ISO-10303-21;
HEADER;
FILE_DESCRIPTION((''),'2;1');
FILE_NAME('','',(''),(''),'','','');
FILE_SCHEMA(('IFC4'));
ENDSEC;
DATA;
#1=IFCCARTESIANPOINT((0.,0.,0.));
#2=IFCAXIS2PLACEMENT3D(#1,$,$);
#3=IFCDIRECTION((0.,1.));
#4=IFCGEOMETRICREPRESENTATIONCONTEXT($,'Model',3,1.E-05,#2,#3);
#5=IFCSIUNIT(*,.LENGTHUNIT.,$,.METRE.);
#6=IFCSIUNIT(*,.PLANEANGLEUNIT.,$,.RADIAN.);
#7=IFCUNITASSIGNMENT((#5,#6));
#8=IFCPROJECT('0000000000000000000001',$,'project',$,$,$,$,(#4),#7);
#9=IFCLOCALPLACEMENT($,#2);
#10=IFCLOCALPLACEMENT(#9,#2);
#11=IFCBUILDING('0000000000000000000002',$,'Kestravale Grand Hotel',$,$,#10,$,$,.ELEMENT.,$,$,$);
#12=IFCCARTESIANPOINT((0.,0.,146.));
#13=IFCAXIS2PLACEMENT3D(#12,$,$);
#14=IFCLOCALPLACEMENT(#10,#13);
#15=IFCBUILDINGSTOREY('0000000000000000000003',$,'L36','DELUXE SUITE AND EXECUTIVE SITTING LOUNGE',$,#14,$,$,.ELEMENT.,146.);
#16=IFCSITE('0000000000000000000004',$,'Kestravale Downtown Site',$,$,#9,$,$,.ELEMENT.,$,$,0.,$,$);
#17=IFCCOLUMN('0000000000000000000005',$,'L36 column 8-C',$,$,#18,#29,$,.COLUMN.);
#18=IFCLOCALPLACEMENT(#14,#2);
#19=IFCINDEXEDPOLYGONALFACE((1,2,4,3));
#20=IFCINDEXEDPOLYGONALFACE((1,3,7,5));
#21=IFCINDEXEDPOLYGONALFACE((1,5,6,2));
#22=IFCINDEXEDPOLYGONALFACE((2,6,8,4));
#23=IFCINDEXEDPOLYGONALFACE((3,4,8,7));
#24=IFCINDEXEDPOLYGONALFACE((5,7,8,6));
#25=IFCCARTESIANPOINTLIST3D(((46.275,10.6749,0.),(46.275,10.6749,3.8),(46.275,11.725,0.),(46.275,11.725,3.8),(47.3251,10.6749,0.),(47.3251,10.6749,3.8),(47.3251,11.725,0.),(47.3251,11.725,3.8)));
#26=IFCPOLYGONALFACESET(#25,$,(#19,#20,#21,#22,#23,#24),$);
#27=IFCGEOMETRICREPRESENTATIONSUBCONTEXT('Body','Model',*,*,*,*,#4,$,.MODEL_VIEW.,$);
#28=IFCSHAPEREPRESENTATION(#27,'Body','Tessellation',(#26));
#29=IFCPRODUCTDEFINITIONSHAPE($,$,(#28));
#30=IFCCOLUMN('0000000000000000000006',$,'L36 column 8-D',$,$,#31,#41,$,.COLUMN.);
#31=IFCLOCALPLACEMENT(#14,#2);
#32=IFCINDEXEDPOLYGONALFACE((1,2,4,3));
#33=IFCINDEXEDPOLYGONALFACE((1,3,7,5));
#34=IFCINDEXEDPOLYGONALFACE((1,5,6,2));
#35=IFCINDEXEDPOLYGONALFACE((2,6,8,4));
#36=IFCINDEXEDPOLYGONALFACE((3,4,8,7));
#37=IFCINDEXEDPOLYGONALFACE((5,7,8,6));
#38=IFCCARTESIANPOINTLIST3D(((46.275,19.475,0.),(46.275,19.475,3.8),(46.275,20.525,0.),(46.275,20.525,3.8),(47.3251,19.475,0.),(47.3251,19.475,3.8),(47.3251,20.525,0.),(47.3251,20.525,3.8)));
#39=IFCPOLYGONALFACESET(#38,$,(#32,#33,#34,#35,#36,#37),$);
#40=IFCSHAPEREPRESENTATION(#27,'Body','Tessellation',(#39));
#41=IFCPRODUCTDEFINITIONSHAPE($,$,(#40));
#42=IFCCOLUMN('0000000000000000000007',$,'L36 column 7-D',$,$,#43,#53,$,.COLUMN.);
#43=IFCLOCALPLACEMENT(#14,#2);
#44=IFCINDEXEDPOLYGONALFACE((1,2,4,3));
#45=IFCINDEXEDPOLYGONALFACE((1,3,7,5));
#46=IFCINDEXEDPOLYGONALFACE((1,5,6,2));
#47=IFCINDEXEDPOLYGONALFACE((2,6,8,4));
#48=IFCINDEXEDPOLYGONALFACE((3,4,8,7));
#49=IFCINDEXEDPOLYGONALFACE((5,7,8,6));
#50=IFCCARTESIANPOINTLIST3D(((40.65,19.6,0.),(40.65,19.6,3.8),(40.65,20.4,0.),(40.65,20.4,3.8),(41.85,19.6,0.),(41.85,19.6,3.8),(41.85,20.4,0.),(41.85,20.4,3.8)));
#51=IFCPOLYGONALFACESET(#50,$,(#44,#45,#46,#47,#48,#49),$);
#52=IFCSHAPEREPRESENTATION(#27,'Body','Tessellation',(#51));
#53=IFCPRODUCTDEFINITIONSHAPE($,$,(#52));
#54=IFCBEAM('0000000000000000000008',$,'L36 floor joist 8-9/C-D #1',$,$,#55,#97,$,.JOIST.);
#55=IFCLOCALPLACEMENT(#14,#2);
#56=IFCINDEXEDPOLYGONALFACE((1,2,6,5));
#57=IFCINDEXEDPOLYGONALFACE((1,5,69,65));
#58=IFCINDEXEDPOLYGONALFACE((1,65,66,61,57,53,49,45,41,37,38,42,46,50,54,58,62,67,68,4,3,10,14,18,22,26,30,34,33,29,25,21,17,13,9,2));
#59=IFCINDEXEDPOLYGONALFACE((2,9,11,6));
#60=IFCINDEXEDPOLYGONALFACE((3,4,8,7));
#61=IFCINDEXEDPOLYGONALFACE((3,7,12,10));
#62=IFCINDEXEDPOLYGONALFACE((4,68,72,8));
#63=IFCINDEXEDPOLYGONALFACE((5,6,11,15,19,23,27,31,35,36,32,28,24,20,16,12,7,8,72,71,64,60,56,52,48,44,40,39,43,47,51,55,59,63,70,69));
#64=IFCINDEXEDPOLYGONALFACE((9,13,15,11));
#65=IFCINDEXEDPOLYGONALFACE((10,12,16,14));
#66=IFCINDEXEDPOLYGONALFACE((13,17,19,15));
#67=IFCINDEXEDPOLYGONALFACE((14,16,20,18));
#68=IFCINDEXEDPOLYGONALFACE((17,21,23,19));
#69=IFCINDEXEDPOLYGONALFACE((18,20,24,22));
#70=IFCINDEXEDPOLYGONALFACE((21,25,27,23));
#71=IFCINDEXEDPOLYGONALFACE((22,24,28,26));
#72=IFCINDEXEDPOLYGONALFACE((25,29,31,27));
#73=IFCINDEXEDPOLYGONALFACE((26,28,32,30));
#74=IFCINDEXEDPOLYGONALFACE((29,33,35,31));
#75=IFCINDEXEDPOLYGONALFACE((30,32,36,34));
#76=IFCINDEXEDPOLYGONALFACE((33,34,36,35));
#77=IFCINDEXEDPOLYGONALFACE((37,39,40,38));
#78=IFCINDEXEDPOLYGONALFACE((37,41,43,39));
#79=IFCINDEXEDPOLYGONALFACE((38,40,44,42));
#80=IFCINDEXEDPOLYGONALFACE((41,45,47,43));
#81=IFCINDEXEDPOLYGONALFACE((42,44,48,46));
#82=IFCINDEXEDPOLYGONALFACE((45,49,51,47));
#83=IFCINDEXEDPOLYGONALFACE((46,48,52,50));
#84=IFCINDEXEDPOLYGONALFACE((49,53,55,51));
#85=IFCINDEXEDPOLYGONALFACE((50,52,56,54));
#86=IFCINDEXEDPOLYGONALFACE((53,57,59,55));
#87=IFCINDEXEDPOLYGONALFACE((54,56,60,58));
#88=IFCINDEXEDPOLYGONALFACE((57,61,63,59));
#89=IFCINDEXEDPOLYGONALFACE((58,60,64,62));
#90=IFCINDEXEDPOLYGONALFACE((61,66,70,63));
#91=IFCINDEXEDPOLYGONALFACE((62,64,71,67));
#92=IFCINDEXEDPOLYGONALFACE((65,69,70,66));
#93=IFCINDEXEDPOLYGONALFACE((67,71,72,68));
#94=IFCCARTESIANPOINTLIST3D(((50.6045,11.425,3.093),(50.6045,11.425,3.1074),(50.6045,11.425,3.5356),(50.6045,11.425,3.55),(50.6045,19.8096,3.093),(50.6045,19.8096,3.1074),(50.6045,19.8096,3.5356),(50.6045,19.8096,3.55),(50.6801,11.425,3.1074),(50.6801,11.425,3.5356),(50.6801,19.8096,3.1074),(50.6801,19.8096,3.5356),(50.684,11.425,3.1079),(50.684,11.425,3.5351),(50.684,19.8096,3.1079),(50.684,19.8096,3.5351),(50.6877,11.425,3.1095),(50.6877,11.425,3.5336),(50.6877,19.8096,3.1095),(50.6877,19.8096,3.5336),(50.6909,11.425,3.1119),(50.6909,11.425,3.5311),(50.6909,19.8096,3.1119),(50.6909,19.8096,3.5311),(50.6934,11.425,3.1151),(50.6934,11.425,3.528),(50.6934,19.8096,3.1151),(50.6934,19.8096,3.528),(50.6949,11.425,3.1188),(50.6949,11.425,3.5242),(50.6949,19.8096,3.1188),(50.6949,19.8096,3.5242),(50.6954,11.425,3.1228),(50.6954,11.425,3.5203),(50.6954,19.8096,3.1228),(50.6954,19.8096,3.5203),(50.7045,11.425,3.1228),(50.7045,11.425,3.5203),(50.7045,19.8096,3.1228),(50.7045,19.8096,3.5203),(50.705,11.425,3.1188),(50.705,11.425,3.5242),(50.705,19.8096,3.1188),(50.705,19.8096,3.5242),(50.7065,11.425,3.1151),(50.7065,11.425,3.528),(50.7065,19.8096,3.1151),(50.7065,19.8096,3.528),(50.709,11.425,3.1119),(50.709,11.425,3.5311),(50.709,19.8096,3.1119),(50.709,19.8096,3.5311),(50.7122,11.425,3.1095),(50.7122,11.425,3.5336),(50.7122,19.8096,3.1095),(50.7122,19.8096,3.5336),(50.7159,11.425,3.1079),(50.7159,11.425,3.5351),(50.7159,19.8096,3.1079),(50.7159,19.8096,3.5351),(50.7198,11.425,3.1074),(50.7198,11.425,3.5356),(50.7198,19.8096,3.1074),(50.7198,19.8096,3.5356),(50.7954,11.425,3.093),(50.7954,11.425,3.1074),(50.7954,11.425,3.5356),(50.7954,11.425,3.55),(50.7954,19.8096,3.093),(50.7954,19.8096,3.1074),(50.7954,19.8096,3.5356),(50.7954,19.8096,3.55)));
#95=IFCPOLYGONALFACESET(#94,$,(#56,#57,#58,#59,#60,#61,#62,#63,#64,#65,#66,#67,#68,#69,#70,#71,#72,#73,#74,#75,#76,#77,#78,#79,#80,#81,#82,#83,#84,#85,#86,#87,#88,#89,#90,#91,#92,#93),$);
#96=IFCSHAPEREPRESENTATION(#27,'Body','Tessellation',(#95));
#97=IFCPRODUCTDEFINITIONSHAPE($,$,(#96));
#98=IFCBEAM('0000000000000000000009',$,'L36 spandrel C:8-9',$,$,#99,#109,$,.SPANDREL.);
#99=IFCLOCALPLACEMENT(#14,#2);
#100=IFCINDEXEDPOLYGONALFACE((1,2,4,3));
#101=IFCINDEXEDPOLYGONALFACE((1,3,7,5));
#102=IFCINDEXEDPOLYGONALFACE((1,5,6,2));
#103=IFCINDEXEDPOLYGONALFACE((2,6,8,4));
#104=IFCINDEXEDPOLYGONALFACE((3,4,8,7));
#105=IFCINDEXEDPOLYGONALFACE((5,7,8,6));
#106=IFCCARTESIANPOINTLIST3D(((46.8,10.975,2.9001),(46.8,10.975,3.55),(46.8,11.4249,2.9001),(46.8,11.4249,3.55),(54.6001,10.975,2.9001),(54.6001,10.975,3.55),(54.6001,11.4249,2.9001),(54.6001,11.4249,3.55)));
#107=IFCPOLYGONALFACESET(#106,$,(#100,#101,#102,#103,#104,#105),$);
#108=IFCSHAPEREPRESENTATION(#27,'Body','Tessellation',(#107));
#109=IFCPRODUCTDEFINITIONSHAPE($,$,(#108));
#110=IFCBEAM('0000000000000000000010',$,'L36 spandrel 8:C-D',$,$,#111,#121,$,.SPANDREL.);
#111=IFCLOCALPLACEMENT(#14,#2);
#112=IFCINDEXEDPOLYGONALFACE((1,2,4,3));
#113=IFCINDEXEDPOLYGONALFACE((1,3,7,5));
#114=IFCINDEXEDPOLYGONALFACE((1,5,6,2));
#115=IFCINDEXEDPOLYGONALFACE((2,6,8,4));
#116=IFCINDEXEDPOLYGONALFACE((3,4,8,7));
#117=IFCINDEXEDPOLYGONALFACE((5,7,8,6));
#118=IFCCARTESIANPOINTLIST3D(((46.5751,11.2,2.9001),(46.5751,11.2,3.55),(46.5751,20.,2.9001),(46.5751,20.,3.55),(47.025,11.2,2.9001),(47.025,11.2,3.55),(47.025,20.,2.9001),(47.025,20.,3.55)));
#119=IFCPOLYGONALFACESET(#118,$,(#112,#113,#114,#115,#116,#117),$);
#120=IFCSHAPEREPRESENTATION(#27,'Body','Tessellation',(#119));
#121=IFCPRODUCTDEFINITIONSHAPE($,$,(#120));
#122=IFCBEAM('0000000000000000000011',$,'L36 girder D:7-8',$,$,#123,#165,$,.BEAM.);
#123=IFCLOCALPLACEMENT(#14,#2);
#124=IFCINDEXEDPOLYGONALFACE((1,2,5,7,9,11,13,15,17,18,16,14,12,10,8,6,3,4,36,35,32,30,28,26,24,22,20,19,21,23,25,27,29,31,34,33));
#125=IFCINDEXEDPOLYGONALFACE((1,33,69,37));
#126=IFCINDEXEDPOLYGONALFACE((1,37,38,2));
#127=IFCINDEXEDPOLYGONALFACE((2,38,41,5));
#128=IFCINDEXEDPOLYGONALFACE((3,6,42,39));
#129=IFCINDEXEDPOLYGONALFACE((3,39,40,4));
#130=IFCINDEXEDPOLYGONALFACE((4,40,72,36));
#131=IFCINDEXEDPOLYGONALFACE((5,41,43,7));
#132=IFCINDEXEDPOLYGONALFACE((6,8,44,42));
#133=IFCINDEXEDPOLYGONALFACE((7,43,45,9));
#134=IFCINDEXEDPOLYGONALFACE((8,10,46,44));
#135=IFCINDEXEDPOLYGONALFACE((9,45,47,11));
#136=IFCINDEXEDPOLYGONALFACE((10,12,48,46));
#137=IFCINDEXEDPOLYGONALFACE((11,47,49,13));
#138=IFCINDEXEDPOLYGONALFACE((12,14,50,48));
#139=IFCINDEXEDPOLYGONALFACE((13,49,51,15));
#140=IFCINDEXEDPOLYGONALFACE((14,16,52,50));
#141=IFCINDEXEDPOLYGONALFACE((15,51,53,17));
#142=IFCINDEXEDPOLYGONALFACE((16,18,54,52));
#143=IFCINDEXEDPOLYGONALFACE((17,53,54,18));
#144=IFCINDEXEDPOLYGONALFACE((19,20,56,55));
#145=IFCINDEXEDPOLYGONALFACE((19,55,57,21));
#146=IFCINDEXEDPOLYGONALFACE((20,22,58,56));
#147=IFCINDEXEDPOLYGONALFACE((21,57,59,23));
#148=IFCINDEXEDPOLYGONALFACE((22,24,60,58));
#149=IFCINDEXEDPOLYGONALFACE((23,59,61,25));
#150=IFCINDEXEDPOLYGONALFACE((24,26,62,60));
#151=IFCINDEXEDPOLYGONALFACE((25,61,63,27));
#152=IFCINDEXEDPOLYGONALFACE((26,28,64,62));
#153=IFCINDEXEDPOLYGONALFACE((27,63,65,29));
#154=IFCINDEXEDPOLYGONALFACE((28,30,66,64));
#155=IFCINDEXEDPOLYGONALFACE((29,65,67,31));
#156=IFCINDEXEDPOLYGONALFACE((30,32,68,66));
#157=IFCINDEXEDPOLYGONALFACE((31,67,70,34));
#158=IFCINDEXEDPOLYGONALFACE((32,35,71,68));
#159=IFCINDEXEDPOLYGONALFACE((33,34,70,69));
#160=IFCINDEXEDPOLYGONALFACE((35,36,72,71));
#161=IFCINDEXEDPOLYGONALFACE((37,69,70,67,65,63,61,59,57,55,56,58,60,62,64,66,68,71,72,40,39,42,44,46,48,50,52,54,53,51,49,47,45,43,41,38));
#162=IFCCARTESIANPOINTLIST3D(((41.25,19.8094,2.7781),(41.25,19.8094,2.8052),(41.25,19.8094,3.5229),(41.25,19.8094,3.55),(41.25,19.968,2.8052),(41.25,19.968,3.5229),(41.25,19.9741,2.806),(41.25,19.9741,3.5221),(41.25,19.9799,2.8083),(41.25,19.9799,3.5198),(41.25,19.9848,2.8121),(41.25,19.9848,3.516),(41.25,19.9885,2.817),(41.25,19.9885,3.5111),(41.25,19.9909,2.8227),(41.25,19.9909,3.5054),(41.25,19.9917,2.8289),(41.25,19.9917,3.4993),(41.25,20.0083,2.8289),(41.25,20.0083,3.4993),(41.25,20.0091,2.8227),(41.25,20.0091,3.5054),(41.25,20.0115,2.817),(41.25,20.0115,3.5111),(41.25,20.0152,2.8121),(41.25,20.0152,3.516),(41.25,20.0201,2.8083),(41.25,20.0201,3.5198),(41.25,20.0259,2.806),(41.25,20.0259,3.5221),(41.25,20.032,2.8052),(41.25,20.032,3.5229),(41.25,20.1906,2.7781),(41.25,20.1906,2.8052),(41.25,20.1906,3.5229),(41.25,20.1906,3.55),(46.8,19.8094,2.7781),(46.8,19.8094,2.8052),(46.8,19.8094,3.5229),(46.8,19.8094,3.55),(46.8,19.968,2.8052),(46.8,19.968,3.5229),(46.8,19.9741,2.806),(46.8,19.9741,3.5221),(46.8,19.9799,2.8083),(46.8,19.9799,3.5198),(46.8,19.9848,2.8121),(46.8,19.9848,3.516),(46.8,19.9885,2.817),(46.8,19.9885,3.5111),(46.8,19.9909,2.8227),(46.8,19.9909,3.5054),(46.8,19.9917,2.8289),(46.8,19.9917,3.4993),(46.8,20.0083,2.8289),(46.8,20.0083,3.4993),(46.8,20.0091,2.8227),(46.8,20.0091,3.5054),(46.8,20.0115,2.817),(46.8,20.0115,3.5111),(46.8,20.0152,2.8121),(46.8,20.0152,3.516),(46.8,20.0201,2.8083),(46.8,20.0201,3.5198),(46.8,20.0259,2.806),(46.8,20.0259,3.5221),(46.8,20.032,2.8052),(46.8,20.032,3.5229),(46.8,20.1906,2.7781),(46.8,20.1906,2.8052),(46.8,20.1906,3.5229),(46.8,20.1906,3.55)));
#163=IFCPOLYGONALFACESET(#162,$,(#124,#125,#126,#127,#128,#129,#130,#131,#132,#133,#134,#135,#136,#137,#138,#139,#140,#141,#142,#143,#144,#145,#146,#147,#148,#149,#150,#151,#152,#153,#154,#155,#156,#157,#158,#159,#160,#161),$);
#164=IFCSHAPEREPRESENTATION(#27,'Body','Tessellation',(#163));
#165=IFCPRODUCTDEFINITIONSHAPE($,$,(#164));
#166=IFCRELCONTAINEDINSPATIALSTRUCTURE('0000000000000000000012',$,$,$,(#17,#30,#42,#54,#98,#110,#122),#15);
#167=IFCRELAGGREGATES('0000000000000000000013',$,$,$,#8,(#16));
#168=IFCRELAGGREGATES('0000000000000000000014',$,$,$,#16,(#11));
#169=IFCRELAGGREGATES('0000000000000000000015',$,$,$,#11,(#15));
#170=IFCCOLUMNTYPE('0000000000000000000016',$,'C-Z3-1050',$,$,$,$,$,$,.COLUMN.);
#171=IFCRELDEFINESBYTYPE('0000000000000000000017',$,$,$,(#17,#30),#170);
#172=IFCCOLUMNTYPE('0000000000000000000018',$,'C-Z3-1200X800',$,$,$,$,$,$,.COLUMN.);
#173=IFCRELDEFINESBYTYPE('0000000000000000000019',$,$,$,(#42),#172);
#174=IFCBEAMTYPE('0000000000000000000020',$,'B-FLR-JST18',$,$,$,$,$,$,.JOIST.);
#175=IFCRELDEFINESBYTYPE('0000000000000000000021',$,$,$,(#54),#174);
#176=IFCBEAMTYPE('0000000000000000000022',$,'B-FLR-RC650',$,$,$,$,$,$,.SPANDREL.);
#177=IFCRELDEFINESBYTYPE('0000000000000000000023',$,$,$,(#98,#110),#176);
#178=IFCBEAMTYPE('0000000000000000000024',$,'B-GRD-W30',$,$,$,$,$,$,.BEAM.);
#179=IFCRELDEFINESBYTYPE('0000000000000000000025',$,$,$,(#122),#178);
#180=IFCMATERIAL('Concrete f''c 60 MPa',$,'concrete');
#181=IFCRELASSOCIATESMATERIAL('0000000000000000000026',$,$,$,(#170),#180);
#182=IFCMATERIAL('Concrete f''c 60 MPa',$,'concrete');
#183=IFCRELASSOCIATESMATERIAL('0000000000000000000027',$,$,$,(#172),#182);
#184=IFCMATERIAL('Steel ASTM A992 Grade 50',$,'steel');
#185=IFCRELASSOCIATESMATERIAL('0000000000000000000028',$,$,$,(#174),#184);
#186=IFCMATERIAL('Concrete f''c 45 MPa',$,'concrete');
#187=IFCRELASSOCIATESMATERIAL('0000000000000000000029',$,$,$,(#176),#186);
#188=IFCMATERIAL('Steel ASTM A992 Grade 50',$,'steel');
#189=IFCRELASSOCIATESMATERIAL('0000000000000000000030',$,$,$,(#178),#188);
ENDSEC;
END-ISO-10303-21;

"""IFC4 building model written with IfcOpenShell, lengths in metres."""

from ifc_helpers import new_model, si_unit, direction, frame, origin, origin_2d, place, context, subcontext, project, spatial, rectangle, i_section, extrude, material, material_profile, profile_set, type_object, element, save


model = new_model("IFC4")

# Units and contexts
model_context = context("Model", 3, precision=1e-05, world=origin(), true_north=direction((0.0, 1.0)))
body_context = subcontext(model_context, "Body", "Model", "MODEL_VIEW")
ifc_project = project(units=[si_unit("LENGTHUNIT", "METRE"), si_unit("PLANEANGLEUNIT", "RADIAN")], contexts=[model_context])

# Site, building, storey
site_placement = place(None, origin())
site = spatial("IfcSite", under=ifc_project, at=site_placement, Name="Kestravale Downtown Site", CompositionType="ELEMENT", RefElevation=0.0)
building_placement = place(site_placement, origin())
building = spatial("IfcBuilding", under=site, at=building_placement, Name="Kestravale Grand Hotel", CompositionType="ELEMENT")
storey_placement = place(building_placement, frame((0.0, 0.0, 146.0)))
storey = spatial("IfcBuildingStorey", under=building, at=storey_placement, Name="L36", Description="DELUXE SUITE AND EXECUTIVE SITTING LOUNGE", CompositionType="ELEMENT", Elevation=146.0)

# Columns
ifc_material_1 = material(Name="Concrete f'c 60 MPa", Category="concrete")
ifc_material_profile_1 = material_profile(ifc_material_1, rectangle(XDim=1.05, YDim=1.05, at=origin_2d()))
ifc_profile_set_1 = profile_set([ifc_material_profile_1], Name="Concrete f'c 60 MPa")
column_type_1 = type_object("IfcColumnType", Name="C-Z3-1050", PredefinedType="COLUMN", material=ifc_profile_set_1)
for number, where, z_axis, x_axis, name in (
    (1, (46.8, 11.2, 0.0), (0.0, 0.0, 1.0), (1.0, 0.0, 0.0), "L36 column 8-C"),
    (2, (46.8, 20.0, 0.0), (0.0, 0.0, 1.0), (1.0, 0.0, 0.0), "L36 column 8-D"),
):
    element("IfcColumn", number, at=place(storey_placement, frame(where, z_axis=z_axis, x_axis=x_axis)), inside=storey, type_object=column_type_1, Name=name, PredefinedType="COLUMN", context=body_context, shape_type="SweptSolid", body=[
        extrude(rectangle(XDim=1.05, YDim=1.05, at=origin_2d()), origin(), (0.0, 0.0, 1.0), 3.8),
    ])
ifc_material_2 = material(Name="Concrete f'c 60 MPa", Category="concrete")
ifc_material_profile_2 = material_profile(ifc_material_2, rectangle(XDim=1.2, YDim=0.8, at=origin_2d()))
ifc_profile_set_2 = profile_set([ifc_material_profile_2], Name="Concrete f'c 60 MPa")
column_type_2 = type_object("IfcColumnType", Name="C-Z3-1200X800", PredefinedType="COLUMN", material=ifc_profile_set_2)
column_placement = place(storey_placement, frame((41.25, 20.0, 0.0), z_axis=(0.0, 0.0, 1.0), x_axis=(1.0, 0.0, 0.0)))
element("IfcColumn", 3, at=column_placement, inside=storey, type_object=column_type_2, Name="L36 column 7-D", PredefinedType="COLUMN", context=body_context, shape_type="SweptSolid", body=[
    extrude(rectangle(XDim=1.2, YDim=0.8, at=origin_2d()), origin(), (0.0, 0.0, 1.0), 3.8),
])

# Beams
ifc_material_3 = material(Name="Steel ASTM A992 Grade 50", Category="steel")
ifc_material_profile_3 = material_profile(ifc_material_3, i_section(OverallWidth=0.1909, OverallDepth=0.457, WebThickness=0.009, FlangeThickness=0.0144, FilletRadius=0.0154, at=origin_2d()))
ifc_profile_set_3 = profile_set([ifc_material_profile_3], Name="Steel ASTM A992 Grade 50")
beam_type_1 = type_object("IfcBeamType", Name="B-FLR-JST18", PredefinedType="JOIST", material=ifc_profile_set_3)
beam_1_placement = place(storey_placement, frame((50.7, 11.425, 3.3215), z_axis=(0.0, 1.0, 0.0), x_axis=(-1.0, 0.0, 0.0)))
element("IfcBeam", 4, at=beam_1_placement, inside=storey, type_object=beam_type_1, Name="L36 floor joist 8-9/C-D #1", PredefinedType="JOIST", context=body_context, shape_type="SweptSolid", body=[
    extrude(i_section(OverallWidth=0.1909, OverallDepth=0.457, WebThickness=0.009, FlangeThickness=0.0144, FilletRadius=0.0154, at=origin_2d()), origin(), (0.0, 0.0, 1.0), 8.3845),
])
ifc_material_4 = material(Name="Concrete f'c 45 MPa", Category="concrete")
ifc_material_profile_4 = material_profile(ifc_material_4, rectangle(XDim=0.45, YDim=0.6499, at=origin_2d()))
ifc_profile_set_4 = profile_set([ifc_material_profile_4], Name="Concrete f'c 45 MPa")
beam_type_2 = type_object("IfcBeamType", Name="B-FLR-RC650", PredefinedType="SPANDREL", material=ifc_profile_set_4)
beam_2_placement = place(storey_placement, frame((46.8, 11.2, 3.2251), z_axis=(1.0, 0.0, 0.0), x_axis=(0.0, 1.0, 0.0)))
element("IfcBeam", 5, at=beam_2_placement, inside=storey, type_object=beam_type_2, Name="L36 spandrel C:8-9", PredefinedType="SPANDREL", context=body_context, shape_type="SweptSolid", body=[
    extrude(rectangle(XDim=0.45, YDim=0.6499, at=origin_2d()), origin(), (0.0, 0.0, 1.0), 7.8),
])
beam_3_placement = place(storey_placement, frame((46.8, 11.2, 3.2251), z_axis=(0.0, 1.0, 0.0), x_axis=(-1.0, 0.0, 0.0)))
element("IfcBeam", 6, at=beam_3_placement, inside=storey, type_object=beam_type_2, Name="L36 spandrel 8:C-D", PredefinedType="SPANDREL", context=body_context, shape_type="SweptSolid", body=[
    extrude(rectangle(XDim=0.45, YDim=0.6499, at=origin_2d()), origin(), (0.0, 0.0, 1.0), 8.8),
])
ifc_material_5 = material(Name="Steel ASTM A992 Grade 50", Category="steel")
ifc_material_profile_5 = material_profile(ifc_material_5, i_section(OverallWidth=0.3811, OverallDepth=0.772, WebThickness=0.0166, FlangeThickness=0.0271, FilletRadius=0.0237, at=origin_2d()))
ifc_profile_set_5 = profile_set([ifc_material_profile_5], Name="Steel ASTM A992 Grade 50")
beam_type_3 = type_object("IfcBeamType", Name="B-GRD-W30", PredefinedType="BEAM", material=ifc_profile_set_5)
beam_4_placement = place(storey_placement, frame((41.25, 20.0, 3.1641), z_axis=(1.0, 0.0, 0.0), x_axis=(0.0, 1.0, 0.0)))
element("IfcBeam", 7, at=beam_4_placement, inside=storey, type_object=beam_type_3, Name="L36 girder D:7-8", PredefinedType="BEAM", context=body_context, shape_type="SweptSolid", body=[
    extrude(i_section(OverallWidth=0.3811, OverallDepth=0.772, WebThickness=0.0166, FlangeThickness=0.0271, FilletRadius=0.0237, at=origin_2d()), origin(), (0.0, 0.0, 1.0), 5.55),
])

save(model, "model.ifc")
